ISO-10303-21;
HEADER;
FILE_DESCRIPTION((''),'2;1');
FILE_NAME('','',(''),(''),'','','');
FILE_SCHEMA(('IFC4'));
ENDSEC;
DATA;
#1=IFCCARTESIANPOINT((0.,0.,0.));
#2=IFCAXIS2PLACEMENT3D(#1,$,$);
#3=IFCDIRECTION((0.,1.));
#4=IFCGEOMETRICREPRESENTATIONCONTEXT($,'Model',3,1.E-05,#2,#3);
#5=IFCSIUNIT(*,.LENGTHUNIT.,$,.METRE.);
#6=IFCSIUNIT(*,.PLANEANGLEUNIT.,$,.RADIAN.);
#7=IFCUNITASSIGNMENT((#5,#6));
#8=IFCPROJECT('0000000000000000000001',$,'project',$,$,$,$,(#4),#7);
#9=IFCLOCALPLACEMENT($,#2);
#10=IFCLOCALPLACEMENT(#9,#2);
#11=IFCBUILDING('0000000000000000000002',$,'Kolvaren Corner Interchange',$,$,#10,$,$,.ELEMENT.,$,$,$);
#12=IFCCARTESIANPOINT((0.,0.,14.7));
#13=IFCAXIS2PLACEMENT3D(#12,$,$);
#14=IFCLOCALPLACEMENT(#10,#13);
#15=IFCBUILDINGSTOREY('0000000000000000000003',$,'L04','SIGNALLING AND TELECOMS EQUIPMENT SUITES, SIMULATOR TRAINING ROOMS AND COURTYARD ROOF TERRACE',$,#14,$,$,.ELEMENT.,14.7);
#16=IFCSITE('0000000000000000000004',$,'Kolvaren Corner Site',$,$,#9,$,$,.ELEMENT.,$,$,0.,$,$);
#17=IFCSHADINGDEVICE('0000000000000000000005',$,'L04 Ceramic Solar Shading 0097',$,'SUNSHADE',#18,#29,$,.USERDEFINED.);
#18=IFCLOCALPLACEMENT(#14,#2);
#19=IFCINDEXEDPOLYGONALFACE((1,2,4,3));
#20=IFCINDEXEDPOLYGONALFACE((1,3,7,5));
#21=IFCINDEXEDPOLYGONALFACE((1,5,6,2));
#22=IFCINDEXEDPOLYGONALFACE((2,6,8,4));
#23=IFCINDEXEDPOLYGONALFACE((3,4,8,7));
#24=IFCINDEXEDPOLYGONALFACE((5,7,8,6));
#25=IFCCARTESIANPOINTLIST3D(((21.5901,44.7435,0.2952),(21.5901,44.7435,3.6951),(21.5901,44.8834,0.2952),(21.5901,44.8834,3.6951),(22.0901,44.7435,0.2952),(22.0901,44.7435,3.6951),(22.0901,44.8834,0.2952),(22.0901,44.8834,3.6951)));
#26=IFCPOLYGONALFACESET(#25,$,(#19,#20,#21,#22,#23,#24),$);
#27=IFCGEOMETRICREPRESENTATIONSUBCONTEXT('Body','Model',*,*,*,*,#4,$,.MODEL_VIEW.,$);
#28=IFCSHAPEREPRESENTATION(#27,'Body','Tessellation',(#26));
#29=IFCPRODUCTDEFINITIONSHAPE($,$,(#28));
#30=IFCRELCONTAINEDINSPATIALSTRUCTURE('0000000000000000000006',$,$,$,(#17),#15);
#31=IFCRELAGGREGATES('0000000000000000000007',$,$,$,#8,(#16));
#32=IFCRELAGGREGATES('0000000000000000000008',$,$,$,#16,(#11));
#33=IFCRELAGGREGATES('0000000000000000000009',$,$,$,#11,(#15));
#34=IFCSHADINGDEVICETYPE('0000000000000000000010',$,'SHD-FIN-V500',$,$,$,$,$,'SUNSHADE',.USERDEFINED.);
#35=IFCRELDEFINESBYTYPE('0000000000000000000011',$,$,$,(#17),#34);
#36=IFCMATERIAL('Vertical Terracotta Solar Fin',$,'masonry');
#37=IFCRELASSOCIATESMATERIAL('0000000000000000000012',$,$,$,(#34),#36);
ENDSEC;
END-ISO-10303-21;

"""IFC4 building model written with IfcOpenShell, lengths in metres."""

from ifc_helpers import new_model, si_unit, direction, frame, origin, origin_2d, place, context, subcontext, project, spatial, rectangle, extrude, material, type_object, element, save


model = new_model("IFC4")

# Units and contexts
model_context = context("Model", 3, precision=1e-05, world=origin(), true_north=direction((0.0, 1.0)))
body_context = subcontext(model_context, "Body", "Model", "MODEL_VIEW")
ifc_project = project(units=[si_unit("LENGTHUNIT", "METRE"), si_unit("PLANEANGLEUNIT", "RADIAN")], contexts=[model_context])

# Site, building, storey
site_placement = place(None, origin())
site = spatial("IfcSite", under=ifc_project, at=site_placement, Name="Kolvaren Corner Site", CompositionType="ELEMENT", RefElevation=0.0)
building_placement = place(site_placement, origin())
building = spatial("IfcBuilding", under=site, at=building_placement, Name="Kolvaren Corner Interchange", CompositionType="ELEMENT")
storey_placement = place(building_placement, frame((0.0, 0.0, 14.7)))
storey = spatial("IfcBuildingStorey", under=building, at=storey_placement, Name="L04", Description="SIGNALLING AND TELECOMS EQUIPMENT SUITES, SIMULATOR TRAINING ROOMS AND COURTYARD ROOF TERRACE", CompositionType="ELEMENT", Elevation=14.7)

# Shading device
ifc_material_1 = material(Name="Vertical Terracotta Solar Fin", Category="masonry")
shading_device_type_1 = type_object("IfcShadingDeviceType", Name="SHD-FIN-V500", ElementType="SUNSHADE", PredefinedType="USERDEFINED", material=ifc_material_1)
for number, where, z_axis, x_axis, name in (
    (1, (21.8401, 44.8135, 0.2952), (0.0, 0.0, 1.0), (0.0, 1.0, 0.0), "L04 Ceramic Solar Shading 0097"),
):
    element("IfcShadingDevice", number, at=place(storey_placement, frame(where, z_axis=z_axis, x_axis=x_axis)), inside=storey, type_object=shading_device_type_1, Name=name, ObjectType="SUNSHADE", PredefinedType="USERDEFINED", context=body_context, shape_type="SweptSolid", body=[
        extrude(rectangle(XDim=0.1399, YDim=0.5, at=origin_2d()), origin(), (0.0, 0.0, 1.0), 3.3999),
    ])

save(model, "model.ifc")
